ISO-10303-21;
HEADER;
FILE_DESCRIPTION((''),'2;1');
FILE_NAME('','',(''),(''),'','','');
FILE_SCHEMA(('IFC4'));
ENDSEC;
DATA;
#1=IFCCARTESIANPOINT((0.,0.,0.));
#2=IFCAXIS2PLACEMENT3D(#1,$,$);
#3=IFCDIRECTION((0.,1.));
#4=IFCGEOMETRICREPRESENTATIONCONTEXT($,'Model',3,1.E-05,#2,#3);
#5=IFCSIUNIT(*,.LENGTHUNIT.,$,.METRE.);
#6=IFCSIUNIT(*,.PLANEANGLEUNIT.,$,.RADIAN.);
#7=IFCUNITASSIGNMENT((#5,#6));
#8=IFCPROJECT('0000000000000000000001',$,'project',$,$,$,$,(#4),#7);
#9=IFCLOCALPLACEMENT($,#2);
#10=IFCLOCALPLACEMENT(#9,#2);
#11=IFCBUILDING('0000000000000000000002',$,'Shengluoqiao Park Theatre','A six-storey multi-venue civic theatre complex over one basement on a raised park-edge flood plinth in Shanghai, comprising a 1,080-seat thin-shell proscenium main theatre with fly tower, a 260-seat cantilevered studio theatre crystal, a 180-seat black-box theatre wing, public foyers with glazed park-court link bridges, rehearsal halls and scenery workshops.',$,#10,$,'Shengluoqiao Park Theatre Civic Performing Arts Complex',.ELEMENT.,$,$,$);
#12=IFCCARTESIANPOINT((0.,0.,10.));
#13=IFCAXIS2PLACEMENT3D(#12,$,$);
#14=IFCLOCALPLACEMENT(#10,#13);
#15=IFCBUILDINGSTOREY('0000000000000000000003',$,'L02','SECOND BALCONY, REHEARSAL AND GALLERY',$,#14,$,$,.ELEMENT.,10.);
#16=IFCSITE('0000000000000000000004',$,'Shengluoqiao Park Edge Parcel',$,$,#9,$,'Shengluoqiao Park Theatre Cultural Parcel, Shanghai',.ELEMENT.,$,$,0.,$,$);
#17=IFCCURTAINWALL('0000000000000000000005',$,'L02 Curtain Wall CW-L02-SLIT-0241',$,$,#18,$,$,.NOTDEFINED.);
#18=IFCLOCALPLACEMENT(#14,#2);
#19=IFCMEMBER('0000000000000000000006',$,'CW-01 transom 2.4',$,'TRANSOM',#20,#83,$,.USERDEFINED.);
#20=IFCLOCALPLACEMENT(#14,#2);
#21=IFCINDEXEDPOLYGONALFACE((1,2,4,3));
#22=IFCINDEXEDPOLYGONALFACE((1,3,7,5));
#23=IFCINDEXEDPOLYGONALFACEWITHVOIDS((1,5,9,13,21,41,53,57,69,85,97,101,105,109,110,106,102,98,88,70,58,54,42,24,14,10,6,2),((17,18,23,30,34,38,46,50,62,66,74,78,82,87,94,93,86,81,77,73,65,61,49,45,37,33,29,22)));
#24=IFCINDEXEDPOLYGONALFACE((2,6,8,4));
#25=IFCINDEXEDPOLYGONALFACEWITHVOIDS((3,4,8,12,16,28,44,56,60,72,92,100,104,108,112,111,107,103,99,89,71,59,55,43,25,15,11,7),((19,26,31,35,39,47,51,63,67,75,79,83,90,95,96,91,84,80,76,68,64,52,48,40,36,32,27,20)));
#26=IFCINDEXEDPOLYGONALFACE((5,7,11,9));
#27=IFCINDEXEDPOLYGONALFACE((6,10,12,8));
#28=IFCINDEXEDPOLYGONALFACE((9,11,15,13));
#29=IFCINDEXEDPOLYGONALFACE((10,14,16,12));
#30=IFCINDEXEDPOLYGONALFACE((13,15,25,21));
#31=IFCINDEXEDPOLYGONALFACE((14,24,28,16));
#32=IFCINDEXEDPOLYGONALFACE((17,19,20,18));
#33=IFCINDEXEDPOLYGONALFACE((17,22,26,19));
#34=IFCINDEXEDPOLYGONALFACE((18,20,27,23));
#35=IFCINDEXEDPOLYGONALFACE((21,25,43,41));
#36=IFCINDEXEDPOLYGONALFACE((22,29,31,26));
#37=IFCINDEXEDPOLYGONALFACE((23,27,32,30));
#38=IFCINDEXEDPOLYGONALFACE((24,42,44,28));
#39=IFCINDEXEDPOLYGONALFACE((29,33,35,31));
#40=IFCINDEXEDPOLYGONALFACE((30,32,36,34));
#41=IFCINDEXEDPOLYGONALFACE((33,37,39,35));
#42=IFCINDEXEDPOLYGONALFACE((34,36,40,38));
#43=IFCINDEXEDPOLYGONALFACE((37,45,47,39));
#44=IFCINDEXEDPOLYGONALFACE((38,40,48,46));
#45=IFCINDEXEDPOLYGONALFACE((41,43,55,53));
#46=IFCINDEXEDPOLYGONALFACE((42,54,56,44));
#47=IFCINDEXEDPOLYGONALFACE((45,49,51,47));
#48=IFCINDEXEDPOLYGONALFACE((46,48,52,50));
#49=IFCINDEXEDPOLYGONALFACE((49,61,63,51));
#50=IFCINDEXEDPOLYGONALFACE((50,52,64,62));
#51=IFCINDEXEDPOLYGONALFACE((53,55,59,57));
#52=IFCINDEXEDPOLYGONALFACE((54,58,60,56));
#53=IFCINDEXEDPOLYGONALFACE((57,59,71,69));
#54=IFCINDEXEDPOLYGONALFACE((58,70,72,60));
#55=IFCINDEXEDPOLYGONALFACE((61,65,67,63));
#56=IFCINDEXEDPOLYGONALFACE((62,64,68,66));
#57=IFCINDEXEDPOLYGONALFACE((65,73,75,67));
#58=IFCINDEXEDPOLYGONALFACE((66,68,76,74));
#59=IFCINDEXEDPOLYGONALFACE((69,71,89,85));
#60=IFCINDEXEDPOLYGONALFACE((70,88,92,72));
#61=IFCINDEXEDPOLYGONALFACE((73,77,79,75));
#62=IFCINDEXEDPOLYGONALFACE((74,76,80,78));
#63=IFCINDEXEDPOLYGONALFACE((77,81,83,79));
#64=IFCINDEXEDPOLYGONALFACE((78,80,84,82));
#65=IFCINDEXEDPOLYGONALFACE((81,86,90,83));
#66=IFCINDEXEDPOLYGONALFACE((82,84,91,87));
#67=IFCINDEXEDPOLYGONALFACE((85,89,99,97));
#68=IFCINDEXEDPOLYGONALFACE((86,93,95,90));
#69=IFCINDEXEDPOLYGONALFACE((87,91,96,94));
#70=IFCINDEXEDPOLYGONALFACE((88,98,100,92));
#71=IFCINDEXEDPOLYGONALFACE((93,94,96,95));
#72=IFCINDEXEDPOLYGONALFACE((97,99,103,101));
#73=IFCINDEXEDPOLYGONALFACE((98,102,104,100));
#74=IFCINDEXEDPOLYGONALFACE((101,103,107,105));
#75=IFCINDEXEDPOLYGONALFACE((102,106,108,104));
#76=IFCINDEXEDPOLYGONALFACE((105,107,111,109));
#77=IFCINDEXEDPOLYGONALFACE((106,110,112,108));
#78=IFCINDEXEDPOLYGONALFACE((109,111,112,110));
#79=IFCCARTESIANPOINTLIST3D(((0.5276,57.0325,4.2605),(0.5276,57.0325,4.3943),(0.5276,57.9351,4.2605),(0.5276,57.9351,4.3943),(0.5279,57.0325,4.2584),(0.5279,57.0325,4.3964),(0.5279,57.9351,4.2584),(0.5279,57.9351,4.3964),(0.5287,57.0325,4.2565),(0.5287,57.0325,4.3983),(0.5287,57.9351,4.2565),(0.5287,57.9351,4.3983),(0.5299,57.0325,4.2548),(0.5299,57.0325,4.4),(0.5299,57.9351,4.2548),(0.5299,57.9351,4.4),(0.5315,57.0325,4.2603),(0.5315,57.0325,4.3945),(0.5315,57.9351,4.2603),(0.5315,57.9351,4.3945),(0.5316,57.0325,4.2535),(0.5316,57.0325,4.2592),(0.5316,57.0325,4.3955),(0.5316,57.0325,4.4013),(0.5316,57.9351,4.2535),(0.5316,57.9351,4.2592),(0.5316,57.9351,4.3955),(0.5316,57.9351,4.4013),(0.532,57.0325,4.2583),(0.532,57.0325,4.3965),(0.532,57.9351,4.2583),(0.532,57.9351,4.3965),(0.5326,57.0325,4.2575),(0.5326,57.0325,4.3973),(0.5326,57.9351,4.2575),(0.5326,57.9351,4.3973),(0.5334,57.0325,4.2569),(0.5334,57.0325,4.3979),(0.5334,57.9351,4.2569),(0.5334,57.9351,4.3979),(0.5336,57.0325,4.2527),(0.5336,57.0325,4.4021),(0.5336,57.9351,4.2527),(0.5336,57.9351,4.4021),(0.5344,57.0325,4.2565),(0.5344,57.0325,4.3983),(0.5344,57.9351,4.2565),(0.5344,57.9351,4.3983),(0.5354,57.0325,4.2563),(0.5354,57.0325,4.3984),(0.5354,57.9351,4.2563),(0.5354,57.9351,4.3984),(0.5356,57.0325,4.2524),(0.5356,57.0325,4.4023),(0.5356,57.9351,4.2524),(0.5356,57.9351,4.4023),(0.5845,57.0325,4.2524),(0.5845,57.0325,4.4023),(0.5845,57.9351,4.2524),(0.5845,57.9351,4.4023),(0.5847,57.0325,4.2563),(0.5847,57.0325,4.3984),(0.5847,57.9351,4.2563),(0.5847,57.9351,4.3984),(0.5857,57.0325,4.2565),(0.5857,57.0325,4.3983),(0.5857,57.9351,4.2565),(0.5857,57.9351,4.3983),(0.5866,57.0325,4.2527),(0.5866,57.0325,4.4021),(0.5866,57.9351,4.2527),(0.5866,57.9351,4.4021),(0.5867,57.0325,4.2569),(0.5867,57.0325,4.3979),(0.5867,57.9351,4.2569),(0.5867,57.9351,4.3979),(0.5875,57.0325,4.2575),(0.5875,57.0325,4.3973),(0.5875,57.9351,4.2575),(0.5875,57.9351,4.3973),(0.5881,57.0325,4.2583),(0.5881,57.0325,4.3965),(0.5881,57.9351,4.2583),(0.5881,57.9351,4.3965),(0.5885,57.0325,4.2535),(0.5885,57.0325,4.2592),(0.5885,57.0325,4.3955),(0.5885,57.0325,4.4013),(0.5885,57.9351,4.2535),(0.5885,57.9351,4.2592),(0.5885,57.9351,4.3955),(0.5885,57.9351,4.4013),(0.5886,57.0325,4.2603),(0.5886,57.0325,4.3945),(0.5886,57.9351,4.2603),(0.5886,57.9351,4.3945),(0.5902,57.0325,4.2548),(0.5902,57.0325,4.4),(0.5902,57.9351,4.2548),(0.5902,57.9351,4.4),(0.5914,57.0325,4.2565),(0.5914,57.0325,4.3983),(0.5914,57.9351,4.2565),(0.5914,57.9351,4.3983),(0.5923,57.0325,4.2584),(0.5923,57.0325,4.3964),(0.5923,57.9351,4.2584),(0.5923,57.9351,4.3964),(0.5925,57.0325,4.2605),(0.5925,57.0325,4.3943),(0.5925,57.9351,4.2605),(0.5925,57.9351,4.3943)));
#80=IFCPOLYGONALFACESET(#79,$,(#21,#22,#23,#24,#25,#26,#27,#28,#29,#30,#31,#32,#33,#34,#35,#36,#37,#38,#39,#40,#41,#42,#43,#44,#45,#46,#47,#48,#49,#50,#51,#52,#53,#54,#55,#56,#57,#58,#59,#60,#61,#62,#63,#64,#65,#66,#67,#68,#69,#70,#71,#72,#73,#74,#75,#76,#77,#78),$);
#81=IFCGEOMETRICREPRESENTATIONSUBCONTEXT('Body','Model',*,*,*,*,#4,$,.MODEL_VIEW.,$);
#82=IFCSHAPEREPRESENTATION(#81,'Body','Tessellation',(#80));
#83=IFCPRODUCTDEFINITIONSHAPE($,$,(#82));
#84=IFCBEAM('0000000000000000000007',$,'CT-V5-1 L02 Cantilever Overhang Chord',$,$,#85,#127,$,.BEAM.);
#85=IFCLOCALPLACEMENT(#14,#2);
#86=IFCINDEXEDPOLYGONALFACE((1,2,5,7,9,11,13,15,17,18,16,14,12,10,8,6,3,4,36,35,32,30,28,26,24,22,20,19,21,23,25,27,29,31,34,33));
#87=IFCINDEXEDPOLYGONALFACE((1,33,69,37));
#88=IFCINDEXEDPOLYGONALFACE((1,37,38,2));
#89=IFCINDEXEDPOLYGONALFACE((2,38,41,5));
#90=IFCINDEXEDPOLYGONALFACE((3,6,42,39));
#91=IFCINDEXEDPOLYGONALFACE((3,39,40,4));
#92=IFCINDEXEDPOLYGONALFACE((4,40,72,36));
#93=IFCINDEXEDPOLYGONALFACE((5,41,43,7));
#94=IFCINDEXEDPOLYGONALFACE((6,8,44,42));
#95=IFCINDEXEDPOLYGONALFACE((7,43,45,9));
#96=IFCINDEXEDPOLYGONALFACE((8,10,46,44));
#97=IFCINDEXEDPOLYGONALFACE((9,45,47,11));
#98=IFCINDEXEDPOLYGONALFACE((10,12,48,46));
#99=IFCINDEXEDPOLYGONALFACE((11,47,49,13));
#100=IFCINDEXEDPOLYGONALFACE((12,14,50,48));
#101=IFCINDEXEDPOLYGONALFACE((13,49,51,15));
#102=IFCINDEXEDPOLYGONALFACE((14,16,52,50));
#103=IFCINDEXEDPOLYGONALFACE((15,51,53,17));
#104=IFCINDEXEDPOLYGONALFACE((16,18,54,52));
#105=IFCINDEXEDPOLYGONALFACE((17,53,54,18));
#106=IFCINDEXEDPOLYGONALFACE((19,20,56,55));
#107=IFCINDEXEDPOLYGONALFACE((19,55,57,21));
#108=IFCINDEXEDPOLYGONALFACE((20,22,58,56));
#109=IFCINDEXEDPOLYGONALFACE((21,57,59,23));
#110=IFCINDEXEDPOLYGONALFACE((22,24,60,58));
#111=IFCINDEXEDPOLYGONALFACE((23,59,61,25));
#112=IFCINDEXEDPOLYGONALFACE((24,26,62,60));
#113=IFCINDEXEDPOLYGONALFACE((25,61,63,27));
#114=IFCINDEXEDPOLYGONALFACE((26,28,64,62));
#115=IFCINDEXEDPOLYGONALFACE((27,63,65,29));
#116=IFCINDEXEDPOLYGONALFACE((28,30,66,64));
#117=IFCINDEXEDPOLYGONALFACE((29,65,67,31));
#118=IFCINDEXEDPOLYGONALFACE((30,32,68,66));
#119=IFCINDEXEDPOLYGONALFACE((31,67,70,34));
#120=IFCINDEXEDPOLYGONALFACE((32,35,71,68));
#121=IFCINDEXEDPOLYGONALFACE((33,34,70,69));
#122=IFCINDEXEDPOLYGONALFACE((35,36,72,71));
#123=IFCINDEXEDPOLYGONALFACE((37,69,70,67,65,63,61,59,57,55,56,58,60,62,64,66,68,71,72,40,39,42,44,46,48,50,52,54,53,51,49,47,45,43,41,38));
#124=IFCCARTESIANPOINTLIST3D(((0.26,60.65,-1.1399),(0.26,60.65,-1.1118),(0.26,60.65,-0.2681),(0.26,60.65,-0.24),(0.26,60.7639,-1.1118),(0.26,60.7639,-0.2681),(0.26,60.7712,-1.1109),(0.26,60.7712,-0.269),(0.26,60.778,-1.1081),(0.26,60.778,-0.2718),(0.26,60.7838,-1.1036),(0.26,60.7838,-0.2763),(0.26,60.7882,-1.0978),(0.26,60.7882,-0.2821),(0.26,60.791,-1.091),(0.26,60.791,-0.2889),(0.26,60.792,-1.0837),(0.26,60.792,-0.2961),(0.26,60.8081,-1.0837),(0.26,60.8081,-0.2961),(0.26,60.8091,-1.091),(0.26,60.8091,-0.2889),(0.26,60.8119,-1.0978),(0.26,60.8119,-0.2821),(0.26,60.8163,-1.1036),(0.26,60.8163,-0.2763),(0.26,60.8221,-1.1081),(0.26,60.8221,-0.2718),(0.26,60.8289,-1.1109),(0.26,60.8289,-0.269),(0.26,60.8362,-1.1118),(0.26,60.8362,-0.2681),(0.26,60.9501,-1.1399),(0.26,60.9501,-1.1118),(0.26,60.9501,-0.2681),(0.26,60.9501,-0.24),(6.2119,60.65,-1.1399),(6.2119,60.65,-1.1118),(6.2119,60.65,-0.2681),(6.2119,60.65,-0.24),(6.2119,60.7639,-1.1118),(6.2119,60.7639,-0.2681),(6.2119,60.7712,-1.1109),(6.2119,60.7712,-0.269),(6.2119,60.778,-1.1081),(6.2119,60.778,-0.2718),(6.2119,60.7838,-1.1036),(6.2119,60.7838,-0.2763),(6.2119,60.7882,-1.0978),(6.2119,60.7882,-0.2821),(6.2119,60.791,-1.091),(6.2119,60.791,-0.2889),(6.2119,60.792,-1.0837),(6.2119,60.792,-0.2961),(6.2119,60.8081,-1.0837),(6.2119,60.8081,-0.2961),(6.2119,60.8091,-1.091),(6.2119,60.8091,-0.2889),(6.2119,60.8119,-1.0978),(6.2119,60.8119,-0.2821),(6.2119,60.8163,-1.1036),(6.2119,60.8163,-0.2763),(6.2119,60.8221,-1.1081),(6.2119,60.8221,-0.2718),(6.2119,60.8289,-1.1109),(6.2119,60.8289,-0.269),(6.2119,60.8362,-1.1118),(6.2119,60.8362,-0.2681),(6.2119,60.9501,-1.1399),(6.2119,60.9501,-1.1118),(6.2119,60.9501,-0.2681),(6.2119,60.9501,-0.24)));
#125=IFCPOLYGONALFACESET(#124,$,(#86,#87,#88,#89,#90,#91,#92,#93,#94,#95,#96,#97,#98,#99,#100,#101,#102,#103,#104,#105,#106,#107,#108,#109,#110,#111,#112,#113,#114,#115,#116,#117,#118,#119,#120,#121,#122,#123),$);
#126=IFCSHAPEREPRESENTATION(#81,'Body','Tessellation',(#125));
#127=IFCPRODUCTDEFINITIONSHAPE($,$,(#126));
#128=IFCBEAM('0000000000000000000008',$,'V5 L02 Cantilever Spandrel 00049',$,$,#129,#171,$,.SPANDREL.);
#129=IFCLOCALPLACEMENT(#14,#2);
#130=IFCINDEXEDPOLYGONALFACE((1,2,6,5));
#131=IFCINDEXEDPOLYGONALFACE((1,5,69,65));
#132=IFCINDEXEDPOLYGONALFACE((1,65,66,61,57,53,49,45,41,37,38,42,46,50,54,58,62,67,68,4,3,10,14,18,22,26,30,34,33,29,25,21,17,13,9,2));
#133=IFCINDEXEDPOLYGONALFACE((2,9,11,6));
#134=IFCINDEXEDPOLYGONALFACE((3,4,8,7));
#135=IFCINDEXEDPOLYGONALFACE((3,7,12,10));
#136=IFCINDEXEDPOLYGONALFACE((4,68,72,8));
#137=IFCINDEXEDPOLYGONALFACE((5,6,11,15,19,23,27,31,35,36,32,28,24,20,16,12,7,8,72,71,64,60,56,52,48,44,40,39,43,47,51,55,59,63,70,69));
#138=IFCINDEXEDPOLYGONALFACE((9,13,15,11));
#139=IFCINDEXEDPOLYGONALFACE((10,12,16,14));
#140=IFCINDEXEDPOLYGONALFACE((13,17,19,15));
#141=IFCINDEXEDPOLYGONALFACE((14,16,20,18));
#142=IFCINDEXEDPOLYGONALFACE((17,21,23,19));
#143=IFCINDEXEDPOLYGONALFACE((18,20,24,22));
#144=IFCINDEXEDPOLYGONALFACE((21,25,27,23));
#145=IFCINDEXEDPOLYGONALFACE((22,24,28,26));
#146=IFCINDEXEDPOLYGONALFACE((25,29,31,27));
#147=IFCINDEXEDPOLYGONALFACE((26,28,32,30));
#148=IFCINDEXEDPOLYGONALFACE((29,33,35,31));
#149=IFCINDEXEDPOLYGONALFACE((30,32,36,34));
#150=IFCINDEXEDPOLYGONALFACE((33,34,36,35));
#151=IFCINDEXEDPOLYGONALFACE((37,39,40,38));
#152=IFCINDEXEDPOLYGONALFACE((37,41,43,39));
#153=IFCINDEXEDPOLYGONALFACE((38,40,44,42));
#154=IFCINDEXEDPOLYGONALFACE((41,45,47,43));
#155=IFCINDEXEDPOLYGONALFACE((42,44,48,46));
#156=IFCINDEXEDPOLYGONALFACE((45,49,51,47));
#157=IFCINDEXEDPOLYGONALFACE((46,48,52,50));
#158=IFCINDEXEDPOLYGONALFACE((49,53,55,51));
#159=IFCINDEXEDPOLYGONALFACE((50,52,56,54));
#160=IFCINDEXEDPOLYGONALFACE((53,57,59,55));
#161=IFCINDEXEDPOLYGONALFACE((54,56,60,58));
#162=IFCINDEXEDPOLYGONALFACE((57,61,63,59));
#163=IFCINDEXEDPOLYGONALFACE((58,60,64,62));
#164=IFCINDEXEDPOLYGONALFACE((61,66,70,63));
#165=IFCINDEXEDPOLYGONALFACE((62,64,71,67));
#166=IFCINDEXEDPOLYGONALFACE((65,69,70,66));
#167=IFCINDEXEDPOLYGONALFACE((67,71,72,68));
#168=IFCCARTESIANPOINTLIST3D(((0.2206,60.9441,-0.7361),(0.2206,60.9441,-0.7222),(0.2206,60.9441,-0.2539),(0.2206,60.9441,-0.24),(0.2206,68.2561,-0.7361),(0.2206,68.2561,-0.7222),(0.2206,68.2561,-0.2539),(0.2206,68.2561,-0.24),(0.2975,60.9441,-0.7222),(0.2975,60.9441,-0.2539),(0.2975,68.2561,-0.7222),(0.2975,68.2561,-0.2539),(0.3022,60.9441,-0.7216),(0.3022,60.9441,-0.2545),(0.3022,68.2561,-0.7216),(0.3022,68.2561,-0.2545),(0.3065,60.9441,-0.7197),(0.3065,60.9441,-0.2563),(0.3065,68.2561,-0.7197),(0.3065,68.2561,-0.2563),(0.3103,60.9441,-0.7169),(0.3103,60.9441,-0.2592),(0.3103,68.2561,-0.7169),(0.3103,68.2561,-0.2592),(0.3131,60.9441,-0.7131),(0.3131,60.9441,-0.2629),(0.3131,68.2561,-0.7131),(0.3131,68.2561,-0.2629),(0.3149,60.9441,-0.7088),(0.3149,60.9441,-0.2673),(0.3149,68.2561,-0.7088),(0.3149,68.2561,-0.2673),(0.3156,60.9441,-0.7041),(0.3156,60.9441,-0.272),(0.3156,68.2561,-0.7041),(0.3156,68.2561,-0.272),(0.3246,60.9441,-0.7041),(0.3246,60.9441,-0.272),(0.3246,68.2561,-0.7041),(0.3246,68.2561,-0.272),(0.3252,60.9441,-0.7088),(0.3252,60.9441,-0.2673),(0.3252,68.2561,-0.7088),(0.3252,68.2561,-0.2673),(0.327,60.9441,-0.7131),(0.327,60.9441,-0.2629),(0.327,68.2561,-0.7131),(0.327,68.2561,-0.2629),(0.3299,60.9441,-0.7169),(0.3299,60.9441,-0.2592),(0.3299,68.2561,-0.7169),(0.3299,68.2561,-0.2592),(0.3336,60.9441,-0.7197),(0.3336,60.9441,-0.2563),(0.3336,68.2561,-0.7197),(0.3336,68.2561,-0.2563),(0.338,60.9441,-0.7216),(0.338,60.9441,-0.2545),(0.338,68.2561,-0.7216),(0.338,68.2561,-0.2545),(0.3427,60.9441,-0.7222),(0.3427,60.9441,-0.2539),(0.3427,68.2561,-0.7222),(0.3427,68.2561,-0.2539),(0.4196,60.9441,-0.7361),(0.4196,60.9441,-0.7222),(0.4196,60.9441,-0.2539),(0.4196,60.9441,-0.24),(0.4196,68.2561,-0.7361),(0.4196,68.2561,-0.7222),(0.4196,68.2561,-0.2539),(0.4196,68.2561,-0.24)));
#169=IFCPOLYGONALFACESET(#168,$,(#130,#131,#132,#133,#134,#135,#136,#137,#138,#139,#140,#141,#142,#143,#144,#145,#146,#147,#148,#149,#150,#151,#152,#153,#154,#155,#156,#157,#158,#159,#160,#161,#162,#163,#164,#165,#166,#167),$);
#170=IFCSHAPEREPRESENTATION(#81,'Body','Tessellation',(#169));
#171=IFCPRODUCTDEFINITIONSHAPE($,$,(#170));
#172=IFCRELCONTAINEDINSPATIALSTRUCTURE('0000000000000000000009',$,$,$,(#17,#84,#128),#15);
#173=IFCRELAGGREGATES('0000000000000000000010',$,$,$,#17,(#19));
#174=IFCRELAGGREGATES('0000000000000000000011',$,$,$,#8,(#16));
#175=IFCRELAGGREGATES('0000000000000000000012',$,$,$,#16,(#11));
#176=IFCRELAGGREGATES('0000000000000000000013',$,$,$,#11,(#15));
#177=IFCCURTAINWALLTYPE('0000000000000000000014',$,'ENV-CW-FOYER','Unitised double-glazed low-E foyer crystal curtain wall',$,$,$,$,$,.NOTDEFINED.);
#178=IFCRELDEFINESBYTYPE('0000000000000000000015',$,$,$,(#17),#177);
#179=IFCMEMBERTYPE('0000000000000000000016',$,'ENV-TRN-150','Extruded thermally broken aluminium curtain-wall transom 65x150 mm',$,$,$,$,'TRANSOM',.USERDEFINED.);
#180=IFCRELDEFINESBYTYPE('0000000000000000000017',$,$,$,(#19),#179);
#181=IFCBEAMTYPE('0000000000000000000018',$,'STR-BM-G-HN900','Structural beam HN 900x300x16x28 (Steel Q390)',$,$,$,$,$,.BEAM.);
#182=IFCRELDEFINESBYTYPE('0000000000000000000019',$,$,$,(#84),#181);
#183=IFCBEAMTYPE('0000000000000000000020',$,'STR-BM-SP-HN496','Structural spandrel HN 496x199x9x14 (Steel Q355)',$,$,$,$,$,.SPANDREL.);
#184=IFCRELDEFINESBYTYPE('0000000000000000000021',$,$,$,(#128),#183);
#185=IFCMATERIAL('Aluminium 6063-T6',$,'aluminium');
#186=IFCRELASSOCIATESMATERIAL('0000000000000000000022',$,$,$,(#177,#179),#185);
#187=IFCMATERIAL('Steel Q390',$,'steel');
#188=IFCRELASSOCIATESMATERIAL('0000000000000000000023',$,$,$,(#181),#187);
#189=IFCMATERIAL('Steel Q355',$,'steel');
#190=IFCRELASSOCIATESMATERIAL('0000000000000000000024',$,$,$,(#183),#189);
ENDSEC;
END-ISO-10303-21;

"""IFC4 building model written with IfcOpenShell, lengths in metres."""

from ifc_helpers import new_model, si_unit, direction, frame, origin, origin_2d, place, context, subcontext, project, spatial, hollow_rectangle, i_section, extrude, material, material_profile, profile_set, type_object, element, aggregate, save


model = new_model("IFC4")

# Units and contexts
model_context = context("Model", 3, precision=1e-05, world=origin(), true_north=direction((0.0, 1.0)))
body_context = subcontext(model_context, "Body", "Model", "MODEL_VIEW")
ifc_project = project(units=[si_unit("LENGTHUNIT", "METRE"), si_unit("PLANEANGLEUNIT", "RADIAN")], contexts=[model_context])

# Site, building, storey
site_placement = place(None, origin())
site = spatial("IfcSite", under=ifc_project, at=site_placement, Name="Shengluoqiao Park Edge Parcel", LongName="Shengluoqiao Park Theatre Cultural Parcel, Shanghai", CompositionType="ELEMENT", RefElevation=0.0)
building_placement = place(site_placement, origin())
building = spatial("IfcBuilding", under=site, at=building_placement, Name="Shengluoqiao Park Theatre", Description="A six-storey multi-venue civic theatre complex over one basement on a raised park-edge flood plinth in Shanghai, comprising a 1,080-seat thin-shell proscenium main theatre with fly tower, a 260-seat cantilevered studio theatre crystal, a 180-seat black-box theatre wing, public foyers with glazed park-court link bridges, rehearsal halls and scenery workshops.", LongName="Shengluoqiao Park Theatre Civic Performing Arts Complex", CompositionType="ELEMENT")
storey_placement = place(building_placement, frame((0.0, 0.0, 10.0)))
storey = spatial("IfcBuildingStorey", under=building, at=storey_placement, Name="L02", Description="SECOND BALCONY, REHEARSAL AND GALLERY", CompositionType="ELEMENT", Elevation=10.0)

# Curtain wall
ifc_material_1 = material(Name="Aluminium 6063-T6", Category="aluminium")
curtain_wall_type = type_object("IfcCurtainWallType", Name="ENV-CW-FOYER", Description="Unitised double-glazed low-E foyer crystal curtain wall", PredefinedType="NOTDEFINED", material=ifc_material_1)
curtain_wall_1_placement = place(storey_placement, origin())
curtain_wall_1 = element("IfcCurtainWall", 1, at=curtain_wall_1_placement, inside=storey, type_object=curtain_wall_type, Name="L02 Curtain Wall CW-L02-SLIT-0241", PredefinedType="NOTDEFINED")

# Member
ifc_material_profile_1 = material_profile(ifc_material_1, hollow_rectangle(XDim=0.0649, YDim=0.1499, WallThickness=0.0039, InnerFilletRadius=0.0039, OuterFilletRadius=0.0081, at=origin_2d()), Name="ALU TRANSOM 150x65x4")
ifc_profile_set_1 = profile_set([ifc_material_profile_1], Name="Aluminium 6063-T6")
member_type_1 = type_object("IfcMemberType", Name="ENV-TRN-150", Description="Extruded thermally broken aluminium curtain-wall transom 65x150 mm", ElementType="TRANSOM", PredefinedType="USERDEFINED", material=ifc_profile_set_1)
member_1_placement = place(storey_placement, frame((0.5601, 57.0325, 4.3274), z_axis=(0.0, 1.0, 0.0), x_axis=(-1.0, 0.0, 0.0)))
member_1 = element("IfcMember", 2, at=member_1_placement, type_object=member_type_1, Name="CW-01 transom 2.4", ObjectType="TRANSOM", PredefinedType="USERDEFINED", context=body_context, shape_type="SweptSolid", body=[
    extrude(hollow_rectangle(XDim=0.0649, YDim=0.1499, WallThickness=0.0039, InnerFilletRadius=0.0039, OuterFilletRadius=0.0081, at=origin_2d()), origin(), (0.0, 0.0, 1.0), 0.9026),
])

# Beams
ifc_material_2 = material(Name="Steel Q390", Category="steel")
ifc_material_profile_2 = material_profile(ifc_material_2, i_section(OverallWidth=0.3, OverallDepth=0.8999, WebThickness=0.0161, FlangeThickness=0.0281, FilletRadius=0.0281, at=origin_2d()), Name="HN 900x300x16x28")
ifc_profile_set_2 = profile_set([ifc_material_profile_2], Name="Steel Q390")
beam_type_1 = type_object("IfcBeamType", Name="STR-BM-G-HN900", Description="Structural beam HN 900x300x16x28 (Steel Q390)", PredefinedType="BEAM", material=ifc_profile_set_2)
beam_1_placement = place(storey_placement, frame((0.26, 60.8, -0.6899), z_axis=(1.0, 0.0, 0.0), x_axis=(0.0, 1.0, 0.0)))
element("IfcBeam", 3, at=beam_1_placement, inside=storey, type_object=beam_type_1, Name="CT-V5-1 L02 Cantilever Overhang Chord", PredefinedType="BEAM", context=body_context, shape_type="SweptSolid", body=[
    extrude(i_section(OverallWidth=0.3, OverallDepth=0.8999, WebThickness=0.0161, FlangeThickness=0.0281, FilletRadius=0.0281, at=origin_2d()), origin(), (0.0, 0.0, 1.0), 5.9519),
])
ifc_material_3 = material(Name="Steel Q355", Category="steel")
ifc_material_profile_3 = material_profile(ifc_material_3, i_section(OverallWidth=0.199, OverallDepth=0.4961, WebThickness=0.009, FlangeThickness=0.0139, FilletRadius=0.0181, at=origin_2d()), Name="HN 496x199x9x14")
ifc_profile_set_3 = profile_set([ifc_material_profile_3], Name="Steel Q355")
beam_type_2 = type_object("IfcBeamType", Name="STR-BM-SP-HN496", Description="Structural spandrel HN 496x199x9x14 (Steel Q355)", PredefinedType="SPANDREL", material=ifc_profile_set_3)
beam_2_placement = place(storey_placement, frame((0.3201, 60.9441, -0.488), z_axis=(0.0, 1.0, 0.0), x_axis=(-1.0, 0.0, 0.0)))
element("IfcBeam", 4, at=beam_2_placement, inside=storey, type_object=beam_type_2, Name="V5 L02 Cantilever Spandrel 00049", PredefinedType="SPANDREL", context=body_context, shape_type="SweptSolid", body=[
    extrude(i_section(OverallWidth=0.199, OverallDepth=0.4961, WebThickness=0.009, FlangeThickness=0.0139, FilletRadius=0.0181, at=origin_2d()), origin(), (0.0, 0.0, 1.0), 7.312),
])

aggregate(curtain_wall_1, [member_1])

save(model, "model.ifc")
